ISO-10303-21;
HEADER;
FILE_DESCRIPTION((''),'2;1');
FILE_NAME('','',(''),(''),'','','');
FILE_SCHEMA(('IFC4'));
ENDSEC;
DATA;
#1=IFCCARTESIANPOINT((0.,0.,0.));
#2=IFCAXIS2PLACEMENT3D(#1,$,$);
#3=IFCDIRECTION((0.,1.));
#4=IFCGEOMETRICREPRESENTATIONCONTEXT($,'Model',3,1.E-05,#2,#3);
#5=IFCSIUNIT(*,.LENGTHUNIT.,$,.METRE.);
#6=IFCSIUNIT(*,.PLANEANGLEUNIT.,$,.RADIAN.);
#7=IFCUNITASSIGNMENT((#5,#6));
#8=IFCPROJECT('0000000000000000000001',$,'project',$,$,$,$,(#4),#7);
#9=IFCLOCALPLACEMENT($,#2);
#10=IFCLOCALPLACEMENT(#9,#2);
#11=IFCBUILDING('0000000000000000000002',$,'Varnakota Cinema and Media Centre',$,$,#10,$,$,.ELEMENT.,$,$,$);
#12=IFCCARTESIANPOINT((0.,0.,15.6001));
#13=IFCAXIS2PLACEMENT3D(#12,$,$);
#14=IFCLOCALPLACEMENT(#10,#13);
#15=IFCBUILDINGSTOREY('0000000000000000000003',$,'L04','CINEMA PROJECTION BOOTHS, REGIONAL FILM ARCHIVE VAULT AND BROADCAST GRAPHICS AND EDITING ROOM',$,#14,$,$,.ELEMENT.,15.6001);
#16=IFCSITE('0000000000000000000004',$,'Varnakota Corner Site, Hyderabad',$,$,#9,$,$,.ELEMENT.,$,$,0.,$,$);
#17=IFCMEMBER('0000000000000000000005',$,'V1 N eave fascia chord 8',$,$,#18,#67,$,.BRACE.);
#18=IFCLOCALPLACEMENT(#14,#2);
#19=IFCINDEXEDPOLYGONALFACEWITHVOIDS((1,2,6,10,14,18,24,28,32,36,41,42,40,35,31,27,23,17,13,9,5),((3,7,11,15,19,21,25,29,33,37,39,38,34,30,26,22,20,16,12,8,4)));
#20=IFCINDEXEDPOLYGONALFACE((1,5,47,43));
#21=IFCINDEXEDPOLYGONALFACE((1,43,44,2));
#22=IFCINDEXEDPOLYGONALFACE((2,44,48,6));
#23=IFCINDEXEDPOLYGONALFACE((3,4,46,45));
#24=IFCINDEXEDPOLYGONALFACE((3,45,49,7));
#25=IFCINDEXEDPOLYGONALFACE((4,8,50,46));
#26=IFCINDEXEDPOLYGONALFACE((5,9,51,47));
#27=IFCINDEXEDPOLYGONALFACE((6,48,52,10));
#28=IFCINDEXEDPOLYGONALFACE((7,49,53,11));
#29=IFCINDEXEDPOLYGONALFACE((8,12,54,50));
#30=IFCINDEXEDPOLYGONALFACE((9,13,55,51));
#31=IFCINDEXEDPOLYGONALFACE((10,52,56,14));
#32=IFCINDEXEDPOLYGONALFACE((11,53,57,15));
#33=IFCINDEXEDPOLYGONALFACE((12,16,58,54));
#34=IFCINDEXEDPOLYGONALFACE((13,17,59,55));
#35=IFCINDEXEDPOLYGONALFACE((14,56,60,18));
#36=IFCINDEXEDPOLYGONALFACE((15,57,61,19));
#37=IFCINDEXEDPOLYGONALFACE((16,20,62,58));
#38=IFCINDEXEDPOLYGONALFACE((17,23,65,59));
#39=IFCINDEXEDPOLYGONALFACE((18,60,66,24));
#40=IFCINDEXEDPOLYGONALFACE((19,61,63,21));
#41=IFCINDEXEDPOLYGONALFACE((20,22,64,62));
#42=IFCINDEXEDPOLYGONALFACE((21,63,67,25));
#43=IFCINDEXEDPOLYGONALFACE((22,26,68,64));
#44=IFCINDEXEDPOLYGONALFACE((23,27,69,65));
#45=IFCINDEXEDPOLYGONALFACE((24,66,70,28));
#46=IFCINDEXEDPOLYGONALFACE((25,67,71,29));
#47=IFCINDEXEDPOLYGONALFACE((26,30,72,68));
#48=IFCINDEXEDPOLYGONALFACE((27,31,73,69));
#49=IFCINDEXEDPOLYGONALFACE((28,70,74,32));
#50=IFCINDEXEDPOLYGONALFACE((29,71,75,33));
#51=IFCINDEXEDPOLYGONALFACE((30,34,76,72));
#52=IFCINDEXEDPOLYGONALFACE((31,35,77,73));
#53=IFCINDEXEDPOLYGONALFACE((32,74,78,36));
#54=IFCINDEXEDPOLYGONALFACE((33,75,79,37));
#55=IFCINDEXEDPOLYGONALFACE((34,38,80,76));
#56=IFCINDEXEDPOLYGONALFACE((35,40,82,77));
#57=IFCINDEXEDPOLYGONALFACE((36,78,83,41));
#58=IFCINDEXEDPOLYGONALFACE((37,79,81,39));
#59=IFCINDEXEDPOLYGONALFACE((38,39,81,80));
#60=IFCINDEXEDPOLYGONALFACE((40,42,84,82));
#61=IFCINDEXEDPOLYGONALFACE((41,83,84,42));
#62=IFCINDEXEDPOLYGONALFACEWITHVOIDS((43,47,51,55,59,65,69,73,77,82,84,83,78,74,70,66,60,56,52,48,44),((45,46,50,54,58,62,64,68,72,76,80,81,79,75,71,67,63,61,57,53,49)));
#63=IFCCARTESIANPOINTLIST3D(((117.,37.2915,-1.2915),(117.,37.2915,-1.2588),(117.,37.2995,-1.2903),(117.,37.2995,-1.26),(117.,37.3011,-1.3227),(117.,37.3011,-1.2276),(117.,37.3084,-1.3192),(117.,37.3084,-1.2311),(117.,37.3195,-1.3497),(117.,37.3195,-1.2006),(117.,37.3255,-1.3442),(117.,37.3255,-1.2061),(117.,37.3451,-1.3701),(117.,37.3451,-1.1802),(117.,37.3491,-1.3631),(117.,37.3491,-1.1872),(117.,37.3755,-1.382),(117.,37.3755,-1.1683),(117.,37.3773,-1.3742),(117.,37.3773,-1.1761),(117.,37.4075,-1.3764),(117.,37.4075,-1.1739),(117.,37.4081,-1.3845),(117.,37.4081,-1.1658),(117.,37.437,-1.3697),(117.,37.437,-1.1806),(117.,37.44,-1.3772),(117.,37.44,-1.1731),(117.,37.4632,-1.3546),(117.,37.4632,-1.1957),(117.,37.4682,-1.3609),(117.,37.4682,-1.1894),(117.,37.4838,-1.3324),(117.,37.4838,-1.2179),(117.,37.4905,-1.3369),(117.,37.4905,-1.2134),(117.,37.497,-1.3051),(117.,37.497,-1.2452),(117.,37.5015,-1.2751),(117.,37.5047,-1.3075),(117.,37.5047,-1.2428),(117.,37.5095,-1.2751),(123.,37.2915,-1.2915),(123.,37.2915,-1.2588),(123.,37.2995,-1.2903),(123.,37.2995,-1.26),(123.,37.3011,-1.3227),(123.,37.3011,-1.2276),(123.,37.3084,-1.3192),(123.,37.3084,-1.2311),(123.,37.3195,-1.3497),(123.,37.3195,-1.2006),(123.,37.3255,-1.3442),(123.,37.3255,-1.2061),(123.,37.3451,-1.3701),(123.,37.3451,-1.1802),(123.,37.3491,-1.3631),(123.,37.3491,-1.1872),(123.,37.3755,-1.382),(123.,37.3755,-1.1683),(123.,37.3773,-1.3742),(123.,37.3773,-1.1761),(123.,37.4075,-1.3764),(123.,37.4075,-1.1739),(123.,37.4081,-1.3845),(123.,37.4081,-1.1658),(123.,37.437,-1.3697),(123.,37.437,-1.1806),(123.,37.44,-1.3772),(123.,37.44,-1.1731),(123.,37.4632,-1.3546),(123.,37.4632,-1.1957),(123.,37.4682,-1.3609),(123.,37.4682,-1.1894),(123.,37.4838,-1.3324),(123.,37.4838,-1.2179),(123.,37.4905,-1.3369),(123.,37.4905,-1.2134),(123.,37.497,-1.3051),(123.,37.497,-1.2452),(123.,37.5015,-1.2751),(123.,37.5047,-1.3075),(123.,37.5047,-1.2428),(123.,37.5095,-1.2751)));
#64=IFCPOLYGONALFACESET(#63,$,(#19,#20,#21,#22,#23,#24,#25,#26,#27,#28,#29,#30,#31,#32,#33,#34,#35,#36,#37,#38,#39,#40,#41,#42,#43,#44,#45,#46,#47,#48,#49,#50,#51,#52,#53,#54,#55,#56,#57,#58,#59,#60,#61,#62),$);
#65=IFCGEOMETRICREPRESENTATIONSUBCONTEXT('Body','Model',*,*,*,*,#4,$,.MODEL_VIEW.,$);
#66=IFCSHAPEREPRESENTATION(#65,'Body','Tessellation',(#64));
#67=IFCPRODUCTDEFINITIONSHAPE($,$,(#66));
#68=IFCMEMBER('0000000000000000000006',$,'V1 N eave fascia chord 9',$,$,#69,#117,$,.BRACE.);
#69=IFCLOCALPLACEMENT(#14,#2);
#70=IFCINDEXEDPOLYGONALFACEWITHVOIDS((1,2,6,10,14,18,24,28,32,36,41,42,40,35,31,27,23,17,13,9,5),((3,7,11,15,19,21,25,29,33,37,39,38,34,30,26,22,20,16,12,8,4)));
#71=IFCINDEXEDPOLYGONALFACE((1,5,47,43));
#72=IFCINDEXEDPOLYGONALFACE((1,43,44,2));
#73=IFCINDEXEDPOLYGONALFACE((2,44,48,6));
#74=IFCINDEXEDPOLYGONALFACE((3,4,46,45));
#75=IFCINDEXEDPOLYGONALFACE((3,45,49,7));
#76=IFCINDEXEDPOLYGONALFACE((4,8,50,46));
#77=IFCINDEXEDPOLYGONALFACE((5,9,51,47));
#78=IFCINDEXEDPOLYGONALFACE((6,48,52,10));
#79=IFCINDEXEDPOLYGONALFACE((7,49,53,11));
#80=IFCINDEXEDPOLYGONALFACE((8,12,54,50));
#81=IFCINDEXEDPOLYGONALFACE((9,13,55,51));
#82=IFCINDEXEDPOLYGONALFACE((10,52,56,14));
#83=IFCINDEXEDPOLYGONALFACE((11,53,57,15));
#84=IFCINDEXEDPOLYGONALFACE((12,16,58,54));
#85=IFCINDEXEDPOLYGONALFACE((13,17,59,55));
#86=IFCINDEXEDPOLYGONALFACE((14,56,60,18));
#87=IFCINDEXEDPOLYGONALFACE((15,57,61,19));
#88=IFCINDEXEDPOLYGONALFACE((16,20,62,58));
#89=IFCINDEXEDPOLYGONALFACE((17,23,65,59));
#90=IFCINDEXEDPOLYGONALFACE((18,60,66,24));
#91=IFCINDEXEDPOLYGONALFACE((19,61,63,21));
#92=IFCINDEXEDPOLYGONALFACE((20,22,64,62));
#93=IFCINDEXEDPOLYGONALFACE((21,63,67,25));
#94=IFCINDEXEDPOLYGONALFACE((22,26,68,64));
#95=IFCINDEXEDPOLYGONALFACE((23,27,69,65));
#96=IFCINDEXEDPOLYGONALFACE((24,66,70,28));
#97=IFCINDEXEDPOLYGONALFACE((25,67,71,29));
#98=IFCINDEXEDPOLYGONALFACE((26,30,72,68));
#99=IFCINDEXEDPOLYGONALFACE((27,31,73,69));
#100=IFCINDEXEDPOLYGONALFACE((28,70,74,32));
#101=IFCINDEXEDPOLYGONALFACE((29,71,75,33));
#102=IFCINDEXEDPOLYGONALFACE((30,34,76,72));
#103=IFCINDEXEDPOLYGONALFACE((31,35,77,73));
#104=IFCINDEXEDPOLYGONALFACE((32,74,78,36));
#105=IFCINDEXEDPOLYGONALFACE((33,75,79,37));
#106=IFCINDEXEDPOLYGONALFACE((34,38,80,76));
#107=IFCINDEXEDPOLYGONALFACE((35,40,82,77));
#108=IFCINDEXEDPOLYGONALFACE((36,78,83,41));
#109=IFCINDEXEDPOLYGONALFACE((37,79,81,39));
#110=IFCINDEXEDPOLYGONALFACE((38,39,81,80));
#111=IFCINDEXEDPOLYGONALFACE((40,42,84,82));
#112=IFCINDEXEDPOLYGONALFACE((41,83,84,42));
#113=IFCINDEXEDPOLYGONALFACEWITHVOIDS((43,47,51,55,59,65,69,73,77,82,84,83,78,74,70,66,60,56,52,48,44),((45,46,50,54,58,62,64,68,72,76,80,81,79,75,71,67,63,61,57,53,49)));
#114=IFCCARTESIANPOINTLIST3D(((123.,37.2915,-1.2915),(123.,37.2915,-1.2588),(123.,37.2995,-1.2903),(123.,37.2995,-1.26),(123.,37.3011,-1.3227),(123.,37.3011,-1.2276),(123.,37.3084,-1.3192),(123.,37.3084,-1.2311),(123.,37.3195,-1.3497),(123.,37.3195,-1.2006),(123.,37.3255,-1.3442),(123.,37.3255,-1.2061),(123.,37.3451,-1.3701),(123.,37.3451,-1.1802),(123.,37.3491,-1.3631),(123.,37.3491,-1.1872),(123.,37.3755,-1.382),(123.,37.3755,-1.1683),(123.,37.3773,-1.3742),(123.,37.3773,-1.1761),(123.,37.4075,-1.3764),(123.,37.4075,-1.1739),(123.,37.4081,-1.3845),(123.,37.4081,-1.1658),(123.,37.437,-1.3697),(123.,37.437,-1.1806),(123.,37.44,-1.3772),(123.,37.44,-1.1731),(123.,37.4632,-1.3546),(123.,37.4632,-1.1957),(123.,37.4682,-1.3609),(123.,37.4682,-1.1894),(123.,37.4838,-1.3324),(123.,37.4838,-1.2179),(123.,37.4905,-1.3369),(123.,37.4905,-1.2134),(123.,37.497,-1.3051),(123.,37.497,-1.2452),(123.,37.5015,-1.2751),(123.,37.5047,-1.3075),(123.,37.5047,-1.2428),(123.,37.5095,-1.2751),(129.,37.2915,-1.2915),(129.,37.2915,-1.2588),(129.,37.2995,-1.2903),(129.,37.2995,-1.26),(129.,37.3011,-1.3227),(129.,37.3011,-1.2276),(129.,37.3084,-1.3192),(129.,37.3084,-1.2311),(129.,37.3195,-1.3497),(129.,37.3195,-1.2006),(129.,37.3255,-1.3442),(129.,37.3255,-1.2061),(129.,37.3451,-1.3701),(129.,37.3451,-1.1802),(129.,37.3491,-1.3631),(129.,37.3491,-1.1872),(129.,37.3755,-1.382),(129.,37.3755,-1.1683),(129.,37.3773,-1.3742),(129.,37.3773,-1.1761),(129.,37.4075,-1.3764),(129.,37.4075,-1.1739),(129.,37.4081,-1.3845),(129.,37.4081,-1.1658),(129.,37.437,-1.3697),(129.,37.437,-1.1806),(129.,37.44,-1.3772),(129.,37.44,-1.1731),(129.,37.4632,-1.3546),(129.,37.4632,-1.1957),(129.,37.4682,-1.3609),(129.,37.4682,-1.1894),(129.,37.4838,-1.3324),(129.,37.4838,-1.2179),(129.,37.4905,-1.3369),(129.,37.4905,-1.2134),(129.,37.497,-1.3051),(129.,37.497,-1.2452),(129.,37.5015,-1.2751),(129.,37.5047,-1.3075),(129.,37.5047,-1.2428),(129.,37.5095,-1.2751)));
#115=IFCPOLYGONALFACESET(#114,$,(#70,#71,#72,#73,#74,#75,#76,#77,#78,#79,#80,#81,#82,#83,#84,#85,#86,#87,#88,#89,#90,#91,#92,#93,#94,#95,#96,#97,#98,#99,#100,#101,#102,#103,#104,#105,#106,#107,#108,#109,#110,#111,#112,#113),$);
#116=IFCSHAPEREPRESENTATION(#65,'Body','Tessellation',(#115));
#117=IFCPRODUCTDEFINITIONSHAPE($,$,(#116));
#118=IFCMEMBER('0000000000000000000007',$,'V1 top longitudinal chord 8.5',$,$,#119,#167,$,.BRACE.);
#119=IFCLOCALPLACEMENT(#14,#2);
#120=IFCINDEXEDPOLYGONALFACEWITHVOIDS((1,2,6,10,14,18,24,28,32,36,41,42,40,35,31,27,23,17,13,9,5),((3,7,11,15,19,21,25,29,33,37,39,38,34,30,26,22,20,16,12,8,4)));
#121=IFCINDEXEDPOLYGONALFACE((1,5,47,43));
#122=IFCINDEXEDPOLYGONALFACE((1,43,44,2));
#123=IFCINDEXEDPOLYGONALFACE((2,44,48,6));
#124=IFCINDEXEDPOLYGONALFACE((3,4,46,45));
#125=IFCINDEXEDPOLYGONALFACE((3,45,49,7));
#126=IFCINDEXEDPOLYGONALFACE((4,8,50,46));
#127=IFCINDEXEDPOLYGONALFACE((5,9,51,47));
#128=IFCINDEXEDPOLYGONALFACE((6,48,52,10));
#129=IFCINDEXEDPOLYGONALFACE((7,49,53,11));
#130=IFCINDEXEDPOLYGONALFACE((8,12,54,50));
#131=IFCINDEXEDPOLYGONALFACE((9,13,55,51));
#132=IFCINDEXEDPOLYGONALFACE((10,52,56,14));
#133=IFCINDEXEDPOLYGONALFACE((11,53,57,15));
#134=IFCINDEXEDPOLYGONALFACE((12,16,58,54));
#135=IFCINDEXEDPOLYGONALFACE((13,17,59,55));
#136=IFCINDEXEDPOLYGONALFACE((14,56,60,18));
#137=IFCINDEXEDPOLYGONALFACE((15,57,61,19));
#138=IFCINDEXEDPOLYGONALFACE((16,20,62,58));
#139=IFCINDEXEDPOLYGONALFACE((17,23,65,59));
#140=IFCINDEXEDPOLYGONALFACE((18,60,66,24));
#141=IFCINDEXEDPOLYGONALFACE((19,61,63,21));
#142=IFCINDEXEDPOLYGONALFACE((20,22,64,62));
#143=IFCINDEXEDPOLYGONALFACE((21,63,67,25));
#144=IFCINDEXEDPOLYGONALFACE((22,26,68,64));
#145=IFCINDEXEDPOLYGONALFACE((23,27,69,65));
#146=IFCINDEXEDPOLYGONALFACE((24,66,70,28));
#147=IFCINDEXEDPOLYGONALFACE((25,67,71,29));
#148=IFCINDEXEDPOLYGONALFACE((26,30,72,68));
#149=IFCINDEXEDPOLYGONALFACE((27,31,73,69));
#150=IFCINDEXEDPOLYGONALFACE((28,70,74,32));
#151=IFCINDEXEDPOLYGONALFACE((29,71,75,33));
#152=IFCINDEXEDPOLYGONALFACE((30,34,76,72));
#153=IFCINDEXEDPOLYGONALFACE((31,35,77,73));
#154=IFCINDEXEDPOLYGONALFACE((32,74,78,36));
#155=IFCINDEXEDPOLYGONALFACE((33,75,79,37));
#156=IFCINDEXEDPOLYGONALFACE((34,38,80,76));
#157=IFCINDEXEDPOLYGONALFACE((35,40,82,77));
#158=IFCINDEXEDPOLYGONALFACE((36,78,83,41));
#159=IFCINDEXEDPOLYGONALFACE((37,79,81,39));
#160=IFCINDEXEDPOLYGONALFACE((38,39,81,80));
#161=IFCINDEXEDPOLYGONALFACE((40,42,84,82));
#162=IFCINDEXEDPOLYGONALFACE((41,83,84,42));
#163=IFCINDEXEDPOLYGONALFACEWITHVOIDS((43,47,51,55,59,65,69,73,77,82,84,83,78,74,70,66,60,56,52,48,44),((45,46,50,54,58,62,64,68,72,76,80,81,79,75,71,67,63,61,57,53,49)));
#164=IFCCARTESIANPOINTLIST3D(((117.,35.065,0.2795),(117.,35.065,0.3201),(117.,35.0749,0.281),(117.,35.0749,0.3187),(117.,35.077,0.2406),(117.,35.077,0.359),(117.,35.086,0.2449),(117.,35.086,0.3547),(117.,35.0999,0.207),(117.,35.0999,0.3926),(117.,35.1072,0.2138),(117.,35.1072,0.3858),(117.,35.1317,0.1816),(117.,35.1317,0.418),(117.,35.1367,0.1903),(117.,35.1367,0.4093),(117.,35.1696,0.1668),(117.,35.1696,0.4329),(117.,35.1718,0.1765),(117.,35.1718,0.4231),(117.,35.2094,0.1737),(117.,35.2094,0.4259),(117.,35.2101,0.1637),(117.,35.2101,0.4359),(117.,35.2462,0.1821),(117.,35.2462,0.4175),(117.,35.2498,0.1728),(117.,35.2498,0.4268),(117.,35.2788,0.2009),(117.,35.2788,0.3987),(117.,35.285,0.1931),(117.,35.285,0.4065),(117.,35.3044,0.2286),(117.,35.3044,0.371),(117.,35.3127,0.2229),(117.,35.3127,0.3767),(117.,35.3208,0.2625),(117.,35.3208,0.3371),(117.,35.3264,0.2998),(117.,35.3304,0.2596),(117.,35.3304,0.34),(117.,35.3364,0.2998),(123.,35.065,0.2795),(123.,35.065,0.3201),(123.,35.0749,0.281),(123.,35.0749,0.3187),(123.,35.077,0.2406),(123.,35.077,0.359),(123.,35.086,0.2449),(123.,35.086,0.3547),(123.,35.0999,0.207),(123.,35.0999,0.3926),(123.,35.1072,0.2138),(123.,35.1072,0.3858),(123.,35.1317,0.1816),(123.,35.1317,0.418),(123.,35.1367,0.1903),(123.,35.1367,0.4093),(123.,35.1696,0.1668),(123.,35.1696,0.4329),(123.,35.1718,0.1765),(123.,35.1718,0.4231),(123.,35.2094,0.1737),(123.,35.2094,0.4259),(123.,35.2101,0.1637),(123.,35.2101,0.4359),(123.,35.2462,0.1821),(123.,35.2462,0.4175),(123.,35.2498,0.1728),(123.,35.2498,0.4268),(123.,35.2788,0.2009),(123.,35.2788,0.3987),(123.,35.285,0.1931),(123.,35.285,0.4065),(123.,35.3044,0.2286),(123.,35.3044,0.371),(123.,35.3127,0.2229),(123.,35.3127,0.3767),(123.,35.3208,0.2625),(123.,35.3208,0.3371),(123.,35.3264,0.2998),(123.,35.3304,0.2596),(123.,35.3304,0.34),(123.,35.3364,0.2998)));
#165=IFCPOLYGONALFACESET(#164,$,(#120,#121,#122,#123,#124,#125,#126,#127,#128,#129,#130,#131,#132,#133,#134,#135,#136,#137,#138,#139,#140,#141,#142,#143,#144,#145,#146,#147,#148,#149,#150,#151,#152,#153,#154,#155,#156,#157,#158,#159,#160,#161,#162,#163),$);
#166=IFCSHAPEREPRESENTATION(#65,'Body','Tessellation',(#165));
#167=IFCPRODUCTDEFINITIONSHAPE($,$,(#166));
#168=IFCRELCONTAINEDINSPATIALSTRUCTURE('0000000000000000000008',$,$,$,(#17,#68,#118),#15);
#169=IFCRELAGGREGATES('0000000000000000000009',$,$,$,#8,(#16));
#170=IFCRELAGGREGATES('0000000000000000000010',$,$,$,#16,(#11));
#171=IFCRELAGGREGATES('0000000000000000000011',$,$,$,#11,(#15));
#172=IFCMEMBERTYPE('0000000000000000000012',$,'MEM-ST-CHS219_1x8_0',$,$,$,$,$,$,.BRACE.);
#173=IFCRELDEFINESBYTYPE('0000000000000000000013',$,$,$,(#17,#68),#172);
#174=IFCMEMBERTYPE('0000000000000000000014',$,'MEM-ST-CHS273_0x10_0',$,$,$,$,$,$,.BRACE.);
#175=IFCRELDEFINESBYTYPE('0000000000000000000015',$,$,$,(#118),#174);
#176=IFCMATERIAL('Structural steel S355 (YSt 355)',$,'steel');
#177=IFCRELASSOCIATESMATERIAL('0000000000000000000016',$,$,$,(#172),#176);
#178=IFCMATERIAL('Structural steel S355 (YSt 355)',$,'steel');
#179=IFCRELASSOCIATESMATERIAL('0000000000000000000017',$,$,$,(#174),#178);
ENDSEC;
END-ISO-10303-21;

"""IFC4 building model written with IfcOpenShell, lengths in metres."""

from ifc_helpers import new_model, si_unit, direction, frame, origin, origin_2d, place, context, subcontext, project, spatial, hollow_circle, extrude, material, material_profile, profile_set, type_object, element, save


model = new_model("IFC4")

# Units and contexts
model_context = context("Model", 3, precision=1e-05, world=origin(), true_north=direction((0.0, 1.0)))
body_context = subcontext(model_context, "Body", "Model", "MODEL_VIEW")
ifc_project = project(units=[si_unit("LENGTHUNIT", "METRE"), si_unit("PLANEANGLEUNIT", "RADIAN")], contexts=[model_context])

# Site, building, storey
site_placement = place(None, origin())
site = spatial("IfcSite", under=ifc_project, at=site_placement, Name="Varnakota Corner Site, Hyderabad", CompositionType="ELEMENT", RefElevation=0.0)
building_placement = place(site_placement, origin())
building = spatial("IfcBuilding", under=site, at=building_placement, Name="Varnakota Cinema and Media Centre", CompositionType="ELEMENT")
storey_placement = place(building_placement, frame((0.0, 0.0, 15.6001)))
storey = spatial("IfcBuildingStorey", under=building, at=storey_placement, Name="L04", Description="CINEMA PROJECTION BOOTHS, REGIONAL FILM ARCHIVE VAULT AND BROADCAST GRAPHICS AND EDITING ROOM", CompositionType="ELEMENT", Elevation=15.6001)

# Members
ifc_material_1 = material(Name="Structural steel S355 (YSt 355)", Category="steel")
ifc_material_profile_1 = material_profile(ifc_material_1, hollow_circle(Radius=0.1096, WallThickness=0.0081, at=origin_2d()), Name="CHS 219.1x8.0")
ifc_profile_set_1 = profile_set([ifc_material_profile_1], Name="Structural steel S355 (YSt 355)")
member_type_1 = type_object("IfcMemberType", Name="MEM-ST-CHS219_1x8_0", PredefinedType="BRACE", material=ifc_profile_set_1)
for number, where, z_axis, x_axis, name in (
    (1, (117.0, 37.3999, -1.2751), (1.0, 0.0, 0.0), (0.0, 1.0, 0.0), "V1 N eave fascia chord 8"),
    (2, (123.0, 37.3999, -1.2751), (1.0, 0.0, 0.0), (0.0, 1.0, 0.0), "V1 N eave fascia chord 9"),
):
    element("IfcMember", number, at=place(storey_placement, frame(where, z_axis=z_axis, x_axis=x_axis)), inside=storey, type_object=member_type_1, Name=name, PredefinedType="BRACE", context=body_context, shape_type="SweptSolid", body=[
        extrude(hollow_circle(Radius=0.1096, WallThickness=0.0081, at=origin_2d()), origin(), (0.0, 0.0, 1.0), 6.0),
    ])
ifc_material_2 = material(Name="Structural steel S355 (YSt 355)", Category="steel")
ifc_material_profile_2 = material_profile(ifc_material_2, hollow_circle(Radius=0.1365, WallThickness=0.01, at=origin_2d()), Name="CHS 273.0x10.0")
ifc_profile_set_2 = profile_set([ifc_material_profile_2], Name="Structural steel S355 (YSt 355)")
member_type_2 = type_object("IfcMemberType", Name="MEM-ST-CHS273_0x10_0", PredefinedType="BRACE", material=ifc_profile_set_2)
for number, where, z_axis, x_axis, name in (
    (3, (117.0, 35.2, 0.2998), (1.0, 0.0, 0.0), (0.0, 1.0, 0.0), "V1 top longitudinal chord 8.5"),
):
    element("IfcMember", number, at=place(storey_placement, frame(where, z_axis=z_axis, x_axis=x_axis)), inside=storey, type_object=member_type_2, Name=name, PredefinedType="BRACE", context=body_context, shape_type="SweptSolid", body=[
        extrude(hollow_circle(Radius=0.1365, WallThickness=0.01, at=origin_2d()), origin(), (0.0, 0.0, 1.0), 6.0),
    ])

save(model, "model.ifc")
